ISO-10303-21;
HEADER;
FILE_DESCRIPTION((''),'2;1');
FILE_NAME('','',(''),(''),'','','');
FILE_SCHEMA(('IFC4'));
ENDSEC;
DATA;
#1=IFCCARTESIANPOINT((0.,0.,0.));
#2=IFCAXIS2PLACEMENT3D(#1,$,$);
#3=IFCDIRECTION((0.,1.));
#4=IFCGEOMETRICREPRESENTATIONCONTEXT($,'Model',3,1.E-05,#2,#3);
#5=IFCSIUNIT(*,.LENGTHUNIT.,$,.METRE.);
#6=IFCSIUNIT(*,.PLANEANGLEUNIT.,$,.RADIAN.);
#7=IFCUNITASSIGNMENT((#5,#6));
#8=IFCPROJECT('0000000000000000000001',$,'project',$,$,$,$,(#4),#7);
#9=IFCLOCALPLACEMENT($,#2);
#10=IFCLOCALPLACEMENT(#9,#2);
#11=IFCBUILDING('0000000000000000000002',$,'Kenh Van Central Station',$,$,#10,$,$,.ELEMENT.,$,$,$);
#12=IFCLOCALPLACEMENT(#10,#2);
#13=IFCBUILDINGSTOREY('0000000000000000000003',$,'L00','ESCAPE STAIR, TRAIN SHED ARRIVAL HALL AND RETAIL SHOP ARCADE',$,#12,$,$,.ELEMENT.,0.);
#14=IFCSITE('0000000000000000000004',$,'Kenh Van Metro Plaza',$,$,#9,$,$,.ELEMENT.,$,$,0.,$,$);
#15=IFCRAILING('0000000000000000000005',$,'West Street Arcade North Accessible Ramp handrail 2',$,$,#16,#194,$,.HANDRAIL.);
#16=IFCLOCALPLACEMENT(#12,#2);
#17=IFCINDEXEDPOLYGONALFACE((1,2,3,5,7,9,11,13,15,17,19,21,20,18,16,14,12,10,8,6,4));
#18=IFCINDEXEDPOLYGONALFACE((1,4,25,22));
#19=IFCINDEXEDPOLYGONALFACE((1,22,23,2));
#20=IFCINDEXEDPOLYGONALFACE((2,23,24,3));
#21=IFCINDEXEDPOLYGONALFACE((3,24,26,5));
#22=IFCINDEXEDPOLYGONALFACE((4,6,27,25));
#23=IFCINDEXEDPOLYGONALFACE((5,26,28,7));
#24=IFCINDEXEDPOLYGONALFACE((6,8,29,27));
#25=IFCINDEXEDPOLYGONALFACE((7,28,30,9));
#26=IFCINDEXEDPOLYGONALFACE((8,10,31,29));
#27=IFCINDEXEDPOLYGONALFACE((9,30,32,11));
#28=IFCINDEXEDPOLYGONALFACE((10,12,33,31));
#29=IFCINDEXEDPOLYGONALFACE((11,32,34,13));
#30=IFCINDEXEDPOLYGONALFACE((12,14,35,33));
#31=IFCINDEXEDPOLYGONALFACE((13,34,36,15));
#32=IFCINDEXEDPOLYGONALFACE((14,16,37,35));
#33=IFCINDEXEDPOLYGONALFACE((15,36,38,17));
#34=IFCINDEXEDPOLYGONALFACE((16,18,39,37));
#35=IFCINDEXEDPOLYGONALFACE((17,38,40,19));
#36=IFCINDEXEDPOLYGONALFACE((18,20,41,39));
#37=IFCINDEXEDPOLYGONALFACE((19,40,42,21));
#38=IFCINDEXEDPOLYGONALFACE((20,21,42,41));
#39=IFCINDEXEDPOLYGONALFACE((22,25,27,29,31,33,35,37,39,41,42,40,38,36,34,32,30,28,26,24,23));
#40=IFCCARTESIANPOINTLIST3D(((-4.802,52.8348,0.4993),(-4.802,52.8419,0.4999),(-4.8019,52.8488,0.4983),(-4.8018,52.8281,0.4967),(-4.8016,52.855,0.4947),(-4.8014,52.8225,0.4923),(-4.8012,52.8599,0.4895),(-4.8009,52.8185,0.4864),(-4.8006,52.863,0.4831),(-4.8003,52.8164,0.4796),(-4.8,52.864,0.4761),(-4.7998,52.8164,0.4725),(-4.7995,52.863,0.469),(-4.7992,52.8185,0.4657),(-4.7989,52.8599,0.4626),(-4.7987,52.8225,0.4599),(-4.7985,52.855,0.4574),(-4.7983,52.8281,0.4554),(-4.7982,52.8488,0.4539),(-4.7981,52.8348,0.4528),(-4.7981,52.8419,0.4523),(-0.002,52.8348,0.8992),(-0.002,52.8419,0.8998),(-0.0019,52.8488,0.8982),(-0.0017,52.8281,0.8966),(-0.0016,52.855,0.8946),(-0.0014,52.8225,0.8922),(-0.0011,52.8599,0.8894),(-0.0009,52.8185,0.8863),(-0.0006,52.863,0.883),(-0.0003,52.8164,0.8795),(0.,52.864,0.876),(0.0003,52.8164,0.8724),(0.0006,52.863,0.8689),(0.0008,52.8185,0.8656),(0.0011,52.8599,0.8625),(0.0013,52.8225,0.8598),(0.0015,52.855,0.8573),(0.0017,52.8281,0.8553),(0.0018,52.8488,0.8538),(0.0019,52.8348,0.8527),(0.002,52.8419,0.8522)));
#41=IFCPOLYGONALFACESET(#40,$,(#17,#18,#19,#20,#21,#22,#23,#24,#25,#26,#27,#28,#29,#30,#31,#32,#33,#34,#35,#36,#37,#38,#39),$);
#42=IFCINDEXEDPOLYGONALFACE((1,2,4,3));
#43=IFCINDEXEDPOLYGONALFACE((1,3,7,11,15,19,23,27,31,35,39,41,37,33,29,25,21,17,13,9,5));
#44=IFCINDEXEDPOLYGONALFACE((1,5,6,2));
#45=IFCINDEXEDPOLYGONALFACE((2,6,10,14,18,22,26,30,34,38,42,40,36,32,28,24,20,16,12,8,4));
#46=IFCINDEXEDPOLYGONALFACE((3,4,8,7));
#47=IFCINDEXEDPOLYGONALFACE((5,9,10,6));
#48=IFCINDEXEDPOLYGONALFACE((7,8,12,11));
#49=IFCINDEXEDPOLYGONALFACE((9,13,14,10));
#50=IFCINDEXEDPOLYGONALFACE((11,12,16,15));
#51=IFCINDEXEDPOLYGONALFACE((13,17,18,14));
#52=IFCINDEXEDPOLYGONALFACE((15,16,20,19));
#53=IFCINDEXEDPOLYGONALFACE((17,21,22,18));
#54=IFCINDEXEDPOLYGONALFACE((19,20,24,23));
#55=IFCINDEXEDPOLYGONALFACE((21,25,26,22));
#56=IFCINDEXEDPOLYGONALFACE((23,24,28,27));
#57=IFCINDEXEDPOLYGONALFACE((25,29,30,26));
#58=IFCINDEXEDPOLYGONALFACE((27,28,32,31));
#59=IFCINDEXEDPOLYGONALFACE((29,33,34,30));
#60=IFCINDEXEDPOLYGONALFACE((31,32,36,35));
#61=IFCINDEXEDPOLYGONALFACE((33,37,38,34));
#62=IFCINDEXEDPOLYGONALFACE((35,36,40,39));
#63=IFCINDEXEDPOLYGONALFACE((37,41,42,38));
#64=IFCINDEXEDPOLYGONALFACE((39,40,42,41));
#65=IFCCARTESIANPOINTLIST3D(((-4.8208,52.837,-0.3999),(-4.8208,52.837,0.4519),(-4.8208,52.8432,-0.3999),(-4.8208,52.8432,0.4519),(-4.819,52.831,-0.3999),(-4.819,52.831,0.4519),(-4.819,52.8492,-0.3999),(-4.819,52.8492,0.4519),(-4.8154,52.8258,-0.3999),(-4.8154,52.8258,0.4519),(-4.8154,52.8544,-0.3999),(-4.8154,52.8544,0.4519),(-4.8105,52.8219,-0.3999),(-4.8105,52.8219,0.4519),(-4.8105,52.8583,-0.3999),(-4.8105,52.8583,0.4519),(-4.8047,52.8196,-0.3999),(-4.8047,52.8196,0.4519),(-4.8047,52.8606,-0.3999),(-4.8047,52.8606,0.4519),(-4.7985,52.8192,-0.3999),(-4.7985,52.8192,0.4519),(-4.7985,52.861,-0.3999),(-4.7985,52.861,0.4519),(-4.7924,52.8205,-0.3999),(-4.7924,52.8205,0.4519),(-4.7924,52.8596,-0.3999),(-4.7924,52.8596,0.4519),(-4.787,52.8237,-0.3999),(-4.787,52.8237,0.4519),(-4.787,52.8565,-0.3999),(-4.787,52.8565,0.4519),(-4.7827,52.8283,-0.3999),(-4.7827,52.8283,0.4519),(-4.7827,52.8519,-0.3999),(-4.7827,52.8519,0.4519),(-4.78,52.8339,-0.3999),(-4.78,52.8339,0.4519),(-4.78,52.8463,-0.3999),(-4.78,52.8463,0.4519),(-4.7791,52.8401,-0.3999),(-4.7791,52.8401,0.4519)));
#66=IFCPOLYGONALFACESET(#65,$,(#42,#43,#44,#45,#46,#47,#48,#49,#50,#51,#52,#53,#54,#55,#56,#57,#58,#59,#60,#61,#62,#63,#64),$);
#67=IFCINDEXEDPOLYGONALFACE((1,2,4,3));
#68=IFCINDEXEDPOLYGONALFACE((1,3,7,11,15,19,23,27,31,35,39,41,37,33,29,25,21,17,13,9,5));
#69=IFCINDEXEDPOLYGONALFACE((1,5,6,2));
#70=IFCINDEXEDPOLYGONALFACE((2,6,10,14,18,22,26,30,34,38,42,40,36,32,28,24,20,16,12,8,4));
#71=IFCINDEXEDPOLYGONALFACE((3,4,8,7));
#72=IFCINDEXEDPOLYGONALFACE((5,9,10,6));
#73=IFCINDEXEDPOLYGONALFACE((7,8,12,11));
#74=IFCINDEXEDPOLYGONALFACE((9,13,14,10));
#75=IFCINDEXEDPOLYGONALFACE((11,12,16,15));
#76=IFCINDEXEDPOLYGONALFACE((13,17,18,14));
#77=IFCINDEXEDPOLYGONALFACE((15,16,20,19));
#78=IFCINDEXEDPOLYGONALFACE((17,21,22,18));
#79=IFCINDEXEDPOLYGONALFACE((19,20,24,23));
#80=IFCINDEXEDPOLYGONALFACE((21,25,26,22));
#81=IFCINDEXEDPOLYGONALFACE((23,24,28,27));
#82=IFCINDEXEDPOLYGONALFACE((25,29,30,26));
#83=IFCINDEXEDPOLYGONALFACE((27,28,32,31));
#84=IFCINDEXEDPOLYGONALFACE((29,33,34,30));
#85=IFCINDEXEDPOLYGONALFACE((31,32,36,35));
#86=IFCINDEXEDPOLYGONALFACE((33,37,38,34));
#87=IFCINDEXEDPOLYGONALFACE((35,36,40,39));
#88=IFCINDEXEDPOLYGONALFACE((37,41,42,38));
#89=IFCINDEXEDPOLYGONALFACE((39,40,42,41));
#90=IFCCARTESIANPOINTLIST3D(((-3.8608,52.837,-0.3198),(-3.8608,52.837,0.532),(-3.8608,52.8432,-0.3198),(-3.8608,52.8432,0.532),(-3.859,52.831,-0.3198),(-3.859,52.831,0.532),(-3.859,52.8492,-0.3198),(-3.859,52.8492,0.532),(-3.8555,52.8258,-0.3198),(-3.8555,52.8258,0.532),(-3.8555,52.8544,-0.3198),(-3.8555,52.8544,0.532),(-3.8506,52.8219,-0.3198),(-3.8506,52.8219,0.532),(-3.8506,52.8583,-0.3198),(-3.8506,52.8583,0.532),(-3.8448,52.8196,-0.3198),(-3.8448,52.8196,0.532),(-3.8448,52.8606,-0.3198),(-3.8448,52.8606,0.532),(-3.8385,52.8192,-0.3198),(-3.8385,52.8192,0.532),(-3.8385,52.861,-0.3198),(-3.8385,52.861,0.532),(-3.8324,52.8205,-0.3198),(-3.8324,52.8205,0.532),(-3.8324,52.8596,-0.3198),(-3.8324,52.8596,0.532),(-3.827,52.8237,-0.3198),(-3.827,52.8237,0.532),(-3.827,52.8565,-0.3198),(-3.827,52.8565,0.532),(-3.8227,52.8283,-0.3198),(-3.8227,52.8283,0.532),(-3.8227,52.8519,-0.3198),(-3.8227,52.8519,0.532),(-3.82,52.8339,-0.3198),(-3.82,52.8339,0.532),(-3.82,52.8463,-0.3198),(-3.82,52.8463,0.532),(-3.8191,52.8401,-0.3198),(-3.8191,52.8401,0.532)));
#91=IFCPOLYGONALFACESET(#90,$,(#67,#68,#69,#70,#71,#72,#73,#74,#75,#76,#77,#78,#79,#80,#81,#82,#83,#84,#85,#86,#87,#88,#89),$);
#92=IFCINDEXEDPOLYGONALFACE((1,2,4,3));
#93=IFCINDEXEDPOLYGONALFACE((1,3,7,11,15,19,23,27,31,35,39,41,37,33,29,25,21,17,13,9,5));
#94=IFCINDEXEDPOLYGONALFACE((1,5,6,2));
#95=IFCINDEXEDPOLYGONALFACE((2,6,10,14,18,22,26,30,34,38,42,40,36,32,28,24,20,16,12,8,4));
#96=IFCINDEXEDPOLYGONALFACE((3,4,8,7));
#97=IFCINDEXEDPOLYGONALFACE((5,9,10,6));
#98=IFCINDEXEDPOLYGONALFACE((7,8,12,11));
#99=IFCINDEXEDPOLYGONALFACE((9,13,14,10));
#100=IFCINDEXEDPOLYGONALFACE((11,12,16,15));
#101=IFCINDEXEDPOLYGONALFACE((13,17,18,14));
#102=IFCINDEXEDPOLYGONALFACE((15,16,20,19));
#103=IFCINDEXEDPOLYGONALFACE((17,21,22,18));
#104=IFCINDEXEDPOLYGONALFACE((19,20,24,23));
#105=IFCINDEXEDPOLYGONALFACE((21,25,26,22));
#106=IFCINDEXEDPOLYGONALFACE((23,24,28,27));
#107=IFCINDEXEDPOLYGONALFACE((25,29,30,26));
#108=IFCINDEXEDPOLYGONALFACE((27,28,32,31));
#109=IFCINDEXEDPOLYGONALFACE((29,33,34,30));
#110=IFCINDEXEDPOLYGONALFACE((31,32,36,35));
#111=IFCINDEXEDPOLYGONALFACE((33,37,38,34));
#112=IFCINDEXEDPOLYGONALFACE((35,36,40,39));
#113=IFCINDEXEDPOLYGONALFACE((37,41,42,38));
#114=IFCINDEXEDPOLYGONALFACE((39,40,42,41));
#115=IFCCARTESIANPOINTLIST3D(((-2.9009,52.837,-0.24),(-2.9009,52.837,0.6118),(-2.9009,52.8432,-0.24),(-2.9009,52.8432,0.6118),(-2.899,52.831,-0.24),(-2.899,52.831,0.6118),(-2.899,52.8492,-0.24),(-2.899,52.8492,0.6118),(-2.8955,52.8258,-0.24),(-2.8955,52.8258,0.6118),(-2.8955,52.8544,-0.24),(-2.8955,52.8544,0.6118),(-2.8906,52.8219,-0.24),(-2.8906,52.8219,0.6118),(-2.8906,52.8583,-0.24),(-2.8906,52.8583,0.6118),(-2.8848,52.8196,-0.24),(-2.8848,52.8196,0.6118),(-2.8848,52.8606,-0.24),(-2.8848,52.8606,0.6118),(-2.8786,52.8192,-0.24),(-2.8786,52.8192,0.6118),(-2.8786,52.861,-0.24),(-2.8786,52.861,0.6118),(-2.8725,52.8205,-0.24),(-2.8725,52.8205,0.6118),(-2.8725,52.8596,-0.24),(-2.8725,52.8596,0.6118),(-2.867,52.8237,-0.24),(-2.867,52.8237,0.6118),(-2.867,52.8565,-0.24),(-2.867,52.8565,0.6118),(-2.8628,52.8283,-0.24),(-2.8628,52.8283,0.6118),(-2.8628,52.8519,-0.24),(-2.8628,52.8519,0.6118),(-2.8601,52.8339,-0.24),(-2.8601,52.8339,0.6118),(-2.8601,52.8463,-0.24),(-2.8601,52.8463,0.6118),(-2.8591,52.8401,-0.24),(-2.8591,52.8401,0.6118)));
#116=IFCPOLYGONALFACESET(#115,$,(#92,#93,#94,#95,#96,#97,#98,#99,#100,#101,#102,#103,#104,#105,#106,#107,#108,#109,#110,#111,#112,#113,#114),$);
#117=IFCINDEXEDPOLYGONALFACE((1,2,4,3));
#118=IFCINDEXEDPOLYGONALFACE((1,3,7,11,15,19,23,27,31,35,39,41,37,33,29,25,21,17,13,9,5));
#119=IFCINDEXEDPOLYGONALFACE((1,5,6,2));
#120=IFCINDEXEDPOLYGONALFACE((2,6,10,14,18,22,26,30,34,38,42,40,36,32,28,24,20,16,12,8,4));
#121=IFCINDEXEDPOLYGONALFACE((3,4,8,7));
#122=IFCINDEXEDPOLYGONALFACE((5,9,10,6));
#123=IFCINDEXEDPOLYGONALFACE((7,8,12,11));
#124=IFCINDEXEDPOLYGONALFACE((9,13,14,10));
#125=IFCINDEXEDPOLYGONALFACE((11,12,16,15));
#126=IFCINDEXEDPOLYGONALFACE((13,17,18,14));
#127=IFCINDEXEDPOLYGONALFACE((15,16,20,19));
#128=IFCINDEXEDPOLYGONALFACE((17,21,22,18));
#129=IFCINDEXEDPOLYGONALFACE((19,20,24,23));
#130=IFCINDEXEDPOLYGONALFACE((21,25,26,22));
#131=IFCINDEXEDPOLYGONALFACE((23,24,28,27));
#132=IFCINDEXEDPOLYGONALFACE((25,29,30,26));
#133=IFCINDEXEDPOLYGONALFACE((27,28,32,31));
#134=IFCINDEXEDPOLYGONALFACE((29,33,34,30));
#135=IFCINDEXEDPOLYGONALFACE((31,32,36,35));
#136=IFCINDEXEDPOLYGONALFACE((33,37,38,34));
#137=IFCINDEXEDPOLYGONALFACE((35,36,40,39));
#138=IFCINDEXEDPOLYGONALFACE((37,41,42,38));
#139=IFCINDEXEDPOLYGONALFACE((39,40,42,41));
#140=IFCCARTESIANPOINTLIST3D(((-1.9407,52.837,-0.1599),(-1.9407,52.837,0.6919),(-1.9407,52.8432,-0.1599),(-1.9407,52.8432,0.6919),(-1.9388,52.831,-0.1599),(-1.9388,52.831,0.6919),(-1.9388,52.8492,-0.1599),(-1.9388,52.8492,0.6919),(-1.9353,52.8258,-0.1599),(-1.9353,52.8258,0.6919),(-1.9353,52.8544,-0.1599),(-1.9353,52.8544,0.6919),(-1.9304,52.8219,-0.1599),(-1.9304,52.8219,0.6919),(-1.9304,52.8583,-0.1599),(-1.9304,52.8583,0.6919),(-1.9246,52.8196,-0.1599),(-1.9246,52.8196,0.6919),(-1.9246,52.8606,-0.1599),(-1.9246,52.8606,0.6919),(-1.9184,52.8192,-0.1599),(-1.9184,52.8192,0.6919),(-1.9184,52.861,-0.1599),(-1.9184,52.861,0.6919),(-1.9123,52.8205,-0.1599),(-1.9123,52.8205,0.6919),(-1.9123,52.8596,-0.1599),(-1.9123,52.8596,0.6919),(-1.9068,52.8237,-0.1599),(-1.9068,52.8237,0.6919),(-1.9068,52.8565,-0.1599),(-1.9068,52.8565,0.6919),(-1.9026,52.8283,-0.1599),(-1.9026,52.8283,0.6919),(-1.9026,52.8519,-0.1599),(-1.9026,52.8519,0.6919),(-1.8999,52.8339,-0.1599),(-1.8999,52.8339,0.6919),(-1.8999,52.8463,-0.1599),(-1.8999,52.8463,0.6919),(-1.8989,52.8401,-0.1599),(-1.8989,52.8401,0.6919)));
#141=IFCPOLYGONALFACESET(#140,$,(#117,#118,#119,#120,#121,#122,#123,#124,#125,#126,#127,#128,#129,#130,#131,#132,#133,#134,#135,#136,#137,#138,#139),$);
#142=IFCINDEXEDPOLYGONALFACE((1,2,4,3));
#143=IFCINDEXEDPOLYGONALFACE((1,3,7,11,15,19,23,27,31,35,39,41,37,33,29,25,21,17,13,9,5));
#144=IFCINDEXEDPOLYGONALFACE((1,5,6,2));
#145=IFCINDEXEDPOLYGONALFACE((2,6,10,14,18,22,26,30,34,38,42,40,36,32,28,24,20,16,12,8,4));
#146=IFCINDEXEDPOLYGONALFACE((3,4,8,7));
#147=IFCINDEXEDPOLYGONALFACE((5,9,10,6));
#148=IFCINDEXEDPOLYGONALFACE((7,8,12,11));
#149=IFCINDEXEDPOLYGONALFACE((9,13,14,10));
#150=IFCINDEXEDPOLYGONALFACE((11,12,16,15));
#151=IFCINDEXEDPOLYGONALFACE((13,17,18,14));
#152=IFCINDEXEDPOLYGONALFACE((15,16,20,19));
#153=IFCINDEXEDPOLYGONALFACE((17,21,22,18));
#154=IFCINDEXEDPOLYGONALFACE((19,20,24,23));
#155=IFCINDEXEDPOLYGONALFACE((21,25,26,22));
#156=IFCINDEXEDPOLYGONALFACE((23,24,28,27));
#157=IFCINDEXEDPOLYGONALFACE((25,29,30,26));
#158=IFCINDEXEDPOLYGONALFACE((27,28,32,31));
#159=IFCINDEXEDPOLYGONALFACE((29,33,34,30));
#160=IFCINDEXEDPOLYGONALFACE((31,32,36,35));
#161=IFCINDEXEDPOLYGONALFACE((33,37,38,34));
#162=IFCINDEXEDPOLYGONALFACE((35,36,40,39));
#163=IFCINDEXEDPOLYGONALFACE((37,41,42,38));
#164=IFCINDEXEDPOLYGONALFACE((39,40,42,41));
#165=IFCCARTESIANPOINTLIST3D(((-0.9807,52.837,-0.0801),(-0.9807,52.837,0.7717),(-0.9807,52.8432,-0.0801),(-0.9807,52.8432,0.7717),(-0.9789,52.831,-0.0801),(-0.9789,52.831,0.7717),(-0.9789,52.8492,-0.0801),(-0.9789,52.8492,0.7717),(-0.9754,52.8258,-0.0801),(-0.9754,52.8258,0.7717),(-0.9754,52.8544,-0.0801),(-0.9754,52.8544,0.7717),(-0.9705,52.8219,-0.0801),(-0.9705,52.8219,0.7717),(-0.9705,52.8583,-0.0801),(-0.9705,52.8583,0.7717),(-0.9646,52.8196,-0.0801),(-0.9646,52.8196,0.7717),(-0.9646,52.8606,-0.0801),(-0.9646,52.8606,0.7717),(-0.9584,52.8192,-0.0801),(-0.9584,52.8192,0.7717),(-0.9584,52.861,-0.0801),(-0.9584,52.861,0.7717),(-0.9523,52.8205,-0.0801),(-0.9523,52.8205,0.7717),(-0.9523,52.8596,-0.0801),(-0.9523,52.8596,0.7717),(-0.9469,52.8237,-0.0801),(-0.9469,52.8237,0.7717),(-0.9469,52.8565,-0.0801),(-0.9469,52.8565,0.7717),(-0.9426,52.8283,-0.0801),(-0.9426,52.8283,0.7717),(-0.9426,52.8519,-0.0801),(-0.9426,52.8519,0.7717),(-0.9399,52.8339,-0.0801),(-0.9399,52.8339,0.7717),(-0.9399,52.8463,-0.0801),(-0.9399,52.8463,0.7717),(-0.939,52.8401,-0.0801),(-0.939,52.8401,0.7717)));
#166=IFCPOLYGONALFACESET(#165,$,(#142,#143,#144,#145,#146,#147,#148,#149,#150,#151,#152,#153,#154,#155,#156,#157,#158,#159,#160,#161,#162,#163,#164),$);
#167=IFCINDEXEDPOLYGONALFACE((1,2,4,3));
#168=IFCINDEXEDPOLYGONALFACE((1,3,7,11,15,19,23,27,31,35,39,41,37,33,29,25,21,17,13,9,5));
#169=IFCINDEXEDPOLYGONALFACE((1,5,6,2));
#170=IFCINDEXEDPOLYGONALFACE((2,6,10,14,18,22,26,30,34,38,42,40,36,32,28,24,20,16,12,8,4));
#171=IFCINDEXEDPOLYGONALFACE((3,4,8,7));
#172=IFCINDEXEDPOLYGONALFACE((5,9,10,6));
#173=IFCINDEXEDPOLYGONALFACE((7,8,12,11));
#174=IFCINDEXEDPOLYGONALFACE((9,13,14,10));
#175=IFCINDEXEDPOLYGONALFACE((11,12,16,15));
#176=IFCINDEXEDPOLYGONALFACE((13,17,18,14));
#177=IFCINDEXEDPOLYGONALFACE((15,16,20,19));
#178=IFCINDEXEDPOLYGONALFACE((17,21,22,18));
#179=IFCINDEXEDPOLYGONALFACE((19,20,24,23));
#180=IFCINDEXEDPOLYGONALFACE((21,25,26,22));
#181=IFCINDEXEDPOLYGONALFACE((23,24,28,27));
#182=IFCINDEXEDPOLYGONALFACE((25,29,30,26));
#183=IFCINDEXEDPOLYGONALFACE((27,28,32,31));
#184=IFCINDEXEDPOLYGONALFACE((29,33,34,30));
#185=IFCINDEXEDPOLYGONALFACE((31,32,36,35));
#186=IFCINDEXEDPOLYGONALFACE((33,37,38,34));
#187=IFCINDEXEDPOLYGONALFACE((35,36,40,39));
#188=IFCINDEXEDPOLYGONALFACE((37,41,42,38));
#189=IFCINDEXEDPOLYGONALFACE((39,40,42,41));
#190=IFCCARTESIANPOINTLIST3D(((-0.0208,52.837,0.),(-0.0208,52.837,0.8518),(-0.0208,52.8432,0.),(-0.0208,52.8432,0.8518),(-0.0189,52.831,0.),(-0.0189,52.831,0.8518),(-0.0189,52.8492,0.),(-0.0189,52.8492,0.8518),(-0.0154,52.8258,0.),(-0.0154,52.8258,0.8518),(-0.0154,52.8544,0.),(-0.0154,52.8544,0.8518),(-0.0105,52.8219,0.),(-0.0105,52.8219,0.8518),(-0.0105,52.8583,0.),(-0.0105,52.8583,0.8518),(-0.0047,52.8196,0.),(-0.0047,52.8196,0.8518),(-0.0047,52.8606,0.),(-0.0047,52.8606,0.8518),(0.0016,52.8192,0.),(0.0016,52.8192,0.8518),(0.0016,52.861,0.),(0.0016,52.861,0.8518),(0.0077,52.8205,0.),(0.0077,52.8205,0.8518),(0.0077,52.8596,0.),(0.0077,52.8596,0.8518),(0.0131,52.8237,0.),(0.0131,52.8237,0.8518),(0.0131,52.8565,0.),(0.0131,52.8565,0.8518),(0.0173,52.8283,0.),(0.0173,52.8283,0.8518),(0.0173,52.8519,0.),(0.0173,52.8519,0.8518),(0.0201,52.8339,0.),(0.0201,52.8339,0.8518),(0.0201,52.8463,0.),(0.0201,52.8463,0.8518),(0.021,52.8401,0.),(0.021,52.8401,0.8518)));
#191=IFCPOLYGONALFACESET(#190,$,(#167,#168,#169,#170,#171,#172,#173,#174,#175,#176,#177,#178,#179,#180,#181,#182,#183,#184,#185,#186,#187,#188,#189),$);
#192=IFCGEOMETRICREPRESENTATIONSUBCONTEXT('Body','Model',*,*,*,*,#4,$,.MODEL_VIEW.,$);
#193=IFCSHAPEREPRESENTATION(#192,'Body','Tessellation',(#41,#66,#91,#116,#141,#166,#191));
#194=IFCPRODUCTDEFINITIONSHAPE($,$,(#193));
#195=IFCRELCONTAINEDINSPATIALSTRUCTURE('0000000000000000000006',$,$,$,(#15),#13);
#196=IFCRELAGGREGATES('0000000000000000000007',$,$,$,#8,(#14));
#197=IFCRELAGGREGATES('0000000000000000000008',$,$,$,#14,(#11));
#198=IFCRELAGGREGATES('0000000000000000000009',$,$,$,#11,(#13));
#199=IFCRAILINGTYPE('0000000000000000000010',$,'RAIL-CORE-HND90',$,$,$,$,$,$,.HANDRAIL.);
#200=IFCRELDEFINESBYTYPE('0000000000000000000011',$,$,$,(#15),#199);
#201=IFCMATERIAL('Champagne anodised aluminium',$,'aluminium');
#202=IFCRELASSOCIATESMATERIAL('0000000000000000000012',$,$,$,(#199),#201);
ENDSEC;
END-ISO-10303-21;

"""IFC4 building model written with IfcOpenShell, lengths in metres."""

from ifc_helpers import new_model, si_unit, direction, frame, origin, origin_2d, place, context, subcontext, project, spatial, circle, extrude, material, type_object, element, save


model = new_model("IFC4")

# Units and contexts
model_context = context("Model", 3, precision=1e-05, world=origin(), true_north=direction((0.0, 1.0)))
body_context = subcontext(model_context, "Body", "Model", "MODEL_VIEW")
ifc_project = project(units=[si_unit("LENGTHUNIT", "METRE"), si_unit("PLANEANGLEUNIT", "RADIAN")], contexts=[model_context])

# Site, building, storey
site_placement = place(None, origin())
site = spatial("IfcSite", under=ifc_project, at=site_placement, Name="Kenh Van Metro Plaza", CompositionType="ELEMENT", RefElevation=0.0)
building_placement = place(site_placement, origin())
building = spatial("IfcBuilding", under=site, at=building_placement, Name="Kenh Van Central Station", CompositionType="ELEMENT")
storey_placement = place(building_placement, origin())
storey = spatial("IfcBuildingStorey", under=building, at=storey_placement, Name="L00", Description="ESCAPE STAIR, TRAIN SHED ARRIVAL HALL AND RETAIL SHOP ARCADE", CompositionType="ELEMENT", Elevation=0.0)

# Shared definitions
ifc_material_1 = material(Name="Champagne anodised aluminium", Category="aluminium")

# Railing
railing_type = type_object("IfcRailingType", Name="RAIL-CORE-HND90", PredefinedType="HANDRAIL", material=ifc_material_1)
for number, where, name in (
    (1, (-4.8, 52.8401, -0.3999), "West Street Arcade North Accessible Ramp handrail 2"),
):
    element("IfcRailing", number, at=place(storey_placement, frame(where)), inside=storey, type_object=railing_type, Name=name, PredefinedType="HANDRAIL", context=body_context, shape_type="SweptSolid", body=[
        extrude(circle(Radius=0.0239, at=origin_2d()), frame((0.0, 0.0, 0.876), z_axis=(0.996548, 0.0, 0.083025), x_axis=(0.0, 1.0, 0.0)), (0.0, 0.0, 1.0), 4.8167),
        extrude(circle(Radius=0.021, at=origin_2d()), origin(), (0.0, 0.0, 1.0), 0.8518),
        extrude(circle(Radius=0.021, at=origin_2d()), frame((0.96, 0.0, 0.0801)), (0.0, 0.0, 1.0), 0.8518),
        extrude(circle(Radius=0.021, at=origin_2d()), frame((1.9199, 0.0, 0.1599)), (0.0, 0.0, 1.0), 0.8518),
        extrude(circle(Radius=0.021, at=origin_2d()), frame((2.8801, 0.0, 0.24)), (0.0, 0.0, 1.0), 0.8518),
        extrude(circle(Radius=0.021, at=origin_2d()), frame((3.8401, 0.0, 0.3198)), (0.0, 0.0, 1.0), 0.8518),
        extrude(circle(Radius=0.021, at=origin_2d()), frame((4.8, 0.0, 0.3999)), (0.0, 0.0, 1.0), 0.8518),
    ])

save(model, "model.ifc")
